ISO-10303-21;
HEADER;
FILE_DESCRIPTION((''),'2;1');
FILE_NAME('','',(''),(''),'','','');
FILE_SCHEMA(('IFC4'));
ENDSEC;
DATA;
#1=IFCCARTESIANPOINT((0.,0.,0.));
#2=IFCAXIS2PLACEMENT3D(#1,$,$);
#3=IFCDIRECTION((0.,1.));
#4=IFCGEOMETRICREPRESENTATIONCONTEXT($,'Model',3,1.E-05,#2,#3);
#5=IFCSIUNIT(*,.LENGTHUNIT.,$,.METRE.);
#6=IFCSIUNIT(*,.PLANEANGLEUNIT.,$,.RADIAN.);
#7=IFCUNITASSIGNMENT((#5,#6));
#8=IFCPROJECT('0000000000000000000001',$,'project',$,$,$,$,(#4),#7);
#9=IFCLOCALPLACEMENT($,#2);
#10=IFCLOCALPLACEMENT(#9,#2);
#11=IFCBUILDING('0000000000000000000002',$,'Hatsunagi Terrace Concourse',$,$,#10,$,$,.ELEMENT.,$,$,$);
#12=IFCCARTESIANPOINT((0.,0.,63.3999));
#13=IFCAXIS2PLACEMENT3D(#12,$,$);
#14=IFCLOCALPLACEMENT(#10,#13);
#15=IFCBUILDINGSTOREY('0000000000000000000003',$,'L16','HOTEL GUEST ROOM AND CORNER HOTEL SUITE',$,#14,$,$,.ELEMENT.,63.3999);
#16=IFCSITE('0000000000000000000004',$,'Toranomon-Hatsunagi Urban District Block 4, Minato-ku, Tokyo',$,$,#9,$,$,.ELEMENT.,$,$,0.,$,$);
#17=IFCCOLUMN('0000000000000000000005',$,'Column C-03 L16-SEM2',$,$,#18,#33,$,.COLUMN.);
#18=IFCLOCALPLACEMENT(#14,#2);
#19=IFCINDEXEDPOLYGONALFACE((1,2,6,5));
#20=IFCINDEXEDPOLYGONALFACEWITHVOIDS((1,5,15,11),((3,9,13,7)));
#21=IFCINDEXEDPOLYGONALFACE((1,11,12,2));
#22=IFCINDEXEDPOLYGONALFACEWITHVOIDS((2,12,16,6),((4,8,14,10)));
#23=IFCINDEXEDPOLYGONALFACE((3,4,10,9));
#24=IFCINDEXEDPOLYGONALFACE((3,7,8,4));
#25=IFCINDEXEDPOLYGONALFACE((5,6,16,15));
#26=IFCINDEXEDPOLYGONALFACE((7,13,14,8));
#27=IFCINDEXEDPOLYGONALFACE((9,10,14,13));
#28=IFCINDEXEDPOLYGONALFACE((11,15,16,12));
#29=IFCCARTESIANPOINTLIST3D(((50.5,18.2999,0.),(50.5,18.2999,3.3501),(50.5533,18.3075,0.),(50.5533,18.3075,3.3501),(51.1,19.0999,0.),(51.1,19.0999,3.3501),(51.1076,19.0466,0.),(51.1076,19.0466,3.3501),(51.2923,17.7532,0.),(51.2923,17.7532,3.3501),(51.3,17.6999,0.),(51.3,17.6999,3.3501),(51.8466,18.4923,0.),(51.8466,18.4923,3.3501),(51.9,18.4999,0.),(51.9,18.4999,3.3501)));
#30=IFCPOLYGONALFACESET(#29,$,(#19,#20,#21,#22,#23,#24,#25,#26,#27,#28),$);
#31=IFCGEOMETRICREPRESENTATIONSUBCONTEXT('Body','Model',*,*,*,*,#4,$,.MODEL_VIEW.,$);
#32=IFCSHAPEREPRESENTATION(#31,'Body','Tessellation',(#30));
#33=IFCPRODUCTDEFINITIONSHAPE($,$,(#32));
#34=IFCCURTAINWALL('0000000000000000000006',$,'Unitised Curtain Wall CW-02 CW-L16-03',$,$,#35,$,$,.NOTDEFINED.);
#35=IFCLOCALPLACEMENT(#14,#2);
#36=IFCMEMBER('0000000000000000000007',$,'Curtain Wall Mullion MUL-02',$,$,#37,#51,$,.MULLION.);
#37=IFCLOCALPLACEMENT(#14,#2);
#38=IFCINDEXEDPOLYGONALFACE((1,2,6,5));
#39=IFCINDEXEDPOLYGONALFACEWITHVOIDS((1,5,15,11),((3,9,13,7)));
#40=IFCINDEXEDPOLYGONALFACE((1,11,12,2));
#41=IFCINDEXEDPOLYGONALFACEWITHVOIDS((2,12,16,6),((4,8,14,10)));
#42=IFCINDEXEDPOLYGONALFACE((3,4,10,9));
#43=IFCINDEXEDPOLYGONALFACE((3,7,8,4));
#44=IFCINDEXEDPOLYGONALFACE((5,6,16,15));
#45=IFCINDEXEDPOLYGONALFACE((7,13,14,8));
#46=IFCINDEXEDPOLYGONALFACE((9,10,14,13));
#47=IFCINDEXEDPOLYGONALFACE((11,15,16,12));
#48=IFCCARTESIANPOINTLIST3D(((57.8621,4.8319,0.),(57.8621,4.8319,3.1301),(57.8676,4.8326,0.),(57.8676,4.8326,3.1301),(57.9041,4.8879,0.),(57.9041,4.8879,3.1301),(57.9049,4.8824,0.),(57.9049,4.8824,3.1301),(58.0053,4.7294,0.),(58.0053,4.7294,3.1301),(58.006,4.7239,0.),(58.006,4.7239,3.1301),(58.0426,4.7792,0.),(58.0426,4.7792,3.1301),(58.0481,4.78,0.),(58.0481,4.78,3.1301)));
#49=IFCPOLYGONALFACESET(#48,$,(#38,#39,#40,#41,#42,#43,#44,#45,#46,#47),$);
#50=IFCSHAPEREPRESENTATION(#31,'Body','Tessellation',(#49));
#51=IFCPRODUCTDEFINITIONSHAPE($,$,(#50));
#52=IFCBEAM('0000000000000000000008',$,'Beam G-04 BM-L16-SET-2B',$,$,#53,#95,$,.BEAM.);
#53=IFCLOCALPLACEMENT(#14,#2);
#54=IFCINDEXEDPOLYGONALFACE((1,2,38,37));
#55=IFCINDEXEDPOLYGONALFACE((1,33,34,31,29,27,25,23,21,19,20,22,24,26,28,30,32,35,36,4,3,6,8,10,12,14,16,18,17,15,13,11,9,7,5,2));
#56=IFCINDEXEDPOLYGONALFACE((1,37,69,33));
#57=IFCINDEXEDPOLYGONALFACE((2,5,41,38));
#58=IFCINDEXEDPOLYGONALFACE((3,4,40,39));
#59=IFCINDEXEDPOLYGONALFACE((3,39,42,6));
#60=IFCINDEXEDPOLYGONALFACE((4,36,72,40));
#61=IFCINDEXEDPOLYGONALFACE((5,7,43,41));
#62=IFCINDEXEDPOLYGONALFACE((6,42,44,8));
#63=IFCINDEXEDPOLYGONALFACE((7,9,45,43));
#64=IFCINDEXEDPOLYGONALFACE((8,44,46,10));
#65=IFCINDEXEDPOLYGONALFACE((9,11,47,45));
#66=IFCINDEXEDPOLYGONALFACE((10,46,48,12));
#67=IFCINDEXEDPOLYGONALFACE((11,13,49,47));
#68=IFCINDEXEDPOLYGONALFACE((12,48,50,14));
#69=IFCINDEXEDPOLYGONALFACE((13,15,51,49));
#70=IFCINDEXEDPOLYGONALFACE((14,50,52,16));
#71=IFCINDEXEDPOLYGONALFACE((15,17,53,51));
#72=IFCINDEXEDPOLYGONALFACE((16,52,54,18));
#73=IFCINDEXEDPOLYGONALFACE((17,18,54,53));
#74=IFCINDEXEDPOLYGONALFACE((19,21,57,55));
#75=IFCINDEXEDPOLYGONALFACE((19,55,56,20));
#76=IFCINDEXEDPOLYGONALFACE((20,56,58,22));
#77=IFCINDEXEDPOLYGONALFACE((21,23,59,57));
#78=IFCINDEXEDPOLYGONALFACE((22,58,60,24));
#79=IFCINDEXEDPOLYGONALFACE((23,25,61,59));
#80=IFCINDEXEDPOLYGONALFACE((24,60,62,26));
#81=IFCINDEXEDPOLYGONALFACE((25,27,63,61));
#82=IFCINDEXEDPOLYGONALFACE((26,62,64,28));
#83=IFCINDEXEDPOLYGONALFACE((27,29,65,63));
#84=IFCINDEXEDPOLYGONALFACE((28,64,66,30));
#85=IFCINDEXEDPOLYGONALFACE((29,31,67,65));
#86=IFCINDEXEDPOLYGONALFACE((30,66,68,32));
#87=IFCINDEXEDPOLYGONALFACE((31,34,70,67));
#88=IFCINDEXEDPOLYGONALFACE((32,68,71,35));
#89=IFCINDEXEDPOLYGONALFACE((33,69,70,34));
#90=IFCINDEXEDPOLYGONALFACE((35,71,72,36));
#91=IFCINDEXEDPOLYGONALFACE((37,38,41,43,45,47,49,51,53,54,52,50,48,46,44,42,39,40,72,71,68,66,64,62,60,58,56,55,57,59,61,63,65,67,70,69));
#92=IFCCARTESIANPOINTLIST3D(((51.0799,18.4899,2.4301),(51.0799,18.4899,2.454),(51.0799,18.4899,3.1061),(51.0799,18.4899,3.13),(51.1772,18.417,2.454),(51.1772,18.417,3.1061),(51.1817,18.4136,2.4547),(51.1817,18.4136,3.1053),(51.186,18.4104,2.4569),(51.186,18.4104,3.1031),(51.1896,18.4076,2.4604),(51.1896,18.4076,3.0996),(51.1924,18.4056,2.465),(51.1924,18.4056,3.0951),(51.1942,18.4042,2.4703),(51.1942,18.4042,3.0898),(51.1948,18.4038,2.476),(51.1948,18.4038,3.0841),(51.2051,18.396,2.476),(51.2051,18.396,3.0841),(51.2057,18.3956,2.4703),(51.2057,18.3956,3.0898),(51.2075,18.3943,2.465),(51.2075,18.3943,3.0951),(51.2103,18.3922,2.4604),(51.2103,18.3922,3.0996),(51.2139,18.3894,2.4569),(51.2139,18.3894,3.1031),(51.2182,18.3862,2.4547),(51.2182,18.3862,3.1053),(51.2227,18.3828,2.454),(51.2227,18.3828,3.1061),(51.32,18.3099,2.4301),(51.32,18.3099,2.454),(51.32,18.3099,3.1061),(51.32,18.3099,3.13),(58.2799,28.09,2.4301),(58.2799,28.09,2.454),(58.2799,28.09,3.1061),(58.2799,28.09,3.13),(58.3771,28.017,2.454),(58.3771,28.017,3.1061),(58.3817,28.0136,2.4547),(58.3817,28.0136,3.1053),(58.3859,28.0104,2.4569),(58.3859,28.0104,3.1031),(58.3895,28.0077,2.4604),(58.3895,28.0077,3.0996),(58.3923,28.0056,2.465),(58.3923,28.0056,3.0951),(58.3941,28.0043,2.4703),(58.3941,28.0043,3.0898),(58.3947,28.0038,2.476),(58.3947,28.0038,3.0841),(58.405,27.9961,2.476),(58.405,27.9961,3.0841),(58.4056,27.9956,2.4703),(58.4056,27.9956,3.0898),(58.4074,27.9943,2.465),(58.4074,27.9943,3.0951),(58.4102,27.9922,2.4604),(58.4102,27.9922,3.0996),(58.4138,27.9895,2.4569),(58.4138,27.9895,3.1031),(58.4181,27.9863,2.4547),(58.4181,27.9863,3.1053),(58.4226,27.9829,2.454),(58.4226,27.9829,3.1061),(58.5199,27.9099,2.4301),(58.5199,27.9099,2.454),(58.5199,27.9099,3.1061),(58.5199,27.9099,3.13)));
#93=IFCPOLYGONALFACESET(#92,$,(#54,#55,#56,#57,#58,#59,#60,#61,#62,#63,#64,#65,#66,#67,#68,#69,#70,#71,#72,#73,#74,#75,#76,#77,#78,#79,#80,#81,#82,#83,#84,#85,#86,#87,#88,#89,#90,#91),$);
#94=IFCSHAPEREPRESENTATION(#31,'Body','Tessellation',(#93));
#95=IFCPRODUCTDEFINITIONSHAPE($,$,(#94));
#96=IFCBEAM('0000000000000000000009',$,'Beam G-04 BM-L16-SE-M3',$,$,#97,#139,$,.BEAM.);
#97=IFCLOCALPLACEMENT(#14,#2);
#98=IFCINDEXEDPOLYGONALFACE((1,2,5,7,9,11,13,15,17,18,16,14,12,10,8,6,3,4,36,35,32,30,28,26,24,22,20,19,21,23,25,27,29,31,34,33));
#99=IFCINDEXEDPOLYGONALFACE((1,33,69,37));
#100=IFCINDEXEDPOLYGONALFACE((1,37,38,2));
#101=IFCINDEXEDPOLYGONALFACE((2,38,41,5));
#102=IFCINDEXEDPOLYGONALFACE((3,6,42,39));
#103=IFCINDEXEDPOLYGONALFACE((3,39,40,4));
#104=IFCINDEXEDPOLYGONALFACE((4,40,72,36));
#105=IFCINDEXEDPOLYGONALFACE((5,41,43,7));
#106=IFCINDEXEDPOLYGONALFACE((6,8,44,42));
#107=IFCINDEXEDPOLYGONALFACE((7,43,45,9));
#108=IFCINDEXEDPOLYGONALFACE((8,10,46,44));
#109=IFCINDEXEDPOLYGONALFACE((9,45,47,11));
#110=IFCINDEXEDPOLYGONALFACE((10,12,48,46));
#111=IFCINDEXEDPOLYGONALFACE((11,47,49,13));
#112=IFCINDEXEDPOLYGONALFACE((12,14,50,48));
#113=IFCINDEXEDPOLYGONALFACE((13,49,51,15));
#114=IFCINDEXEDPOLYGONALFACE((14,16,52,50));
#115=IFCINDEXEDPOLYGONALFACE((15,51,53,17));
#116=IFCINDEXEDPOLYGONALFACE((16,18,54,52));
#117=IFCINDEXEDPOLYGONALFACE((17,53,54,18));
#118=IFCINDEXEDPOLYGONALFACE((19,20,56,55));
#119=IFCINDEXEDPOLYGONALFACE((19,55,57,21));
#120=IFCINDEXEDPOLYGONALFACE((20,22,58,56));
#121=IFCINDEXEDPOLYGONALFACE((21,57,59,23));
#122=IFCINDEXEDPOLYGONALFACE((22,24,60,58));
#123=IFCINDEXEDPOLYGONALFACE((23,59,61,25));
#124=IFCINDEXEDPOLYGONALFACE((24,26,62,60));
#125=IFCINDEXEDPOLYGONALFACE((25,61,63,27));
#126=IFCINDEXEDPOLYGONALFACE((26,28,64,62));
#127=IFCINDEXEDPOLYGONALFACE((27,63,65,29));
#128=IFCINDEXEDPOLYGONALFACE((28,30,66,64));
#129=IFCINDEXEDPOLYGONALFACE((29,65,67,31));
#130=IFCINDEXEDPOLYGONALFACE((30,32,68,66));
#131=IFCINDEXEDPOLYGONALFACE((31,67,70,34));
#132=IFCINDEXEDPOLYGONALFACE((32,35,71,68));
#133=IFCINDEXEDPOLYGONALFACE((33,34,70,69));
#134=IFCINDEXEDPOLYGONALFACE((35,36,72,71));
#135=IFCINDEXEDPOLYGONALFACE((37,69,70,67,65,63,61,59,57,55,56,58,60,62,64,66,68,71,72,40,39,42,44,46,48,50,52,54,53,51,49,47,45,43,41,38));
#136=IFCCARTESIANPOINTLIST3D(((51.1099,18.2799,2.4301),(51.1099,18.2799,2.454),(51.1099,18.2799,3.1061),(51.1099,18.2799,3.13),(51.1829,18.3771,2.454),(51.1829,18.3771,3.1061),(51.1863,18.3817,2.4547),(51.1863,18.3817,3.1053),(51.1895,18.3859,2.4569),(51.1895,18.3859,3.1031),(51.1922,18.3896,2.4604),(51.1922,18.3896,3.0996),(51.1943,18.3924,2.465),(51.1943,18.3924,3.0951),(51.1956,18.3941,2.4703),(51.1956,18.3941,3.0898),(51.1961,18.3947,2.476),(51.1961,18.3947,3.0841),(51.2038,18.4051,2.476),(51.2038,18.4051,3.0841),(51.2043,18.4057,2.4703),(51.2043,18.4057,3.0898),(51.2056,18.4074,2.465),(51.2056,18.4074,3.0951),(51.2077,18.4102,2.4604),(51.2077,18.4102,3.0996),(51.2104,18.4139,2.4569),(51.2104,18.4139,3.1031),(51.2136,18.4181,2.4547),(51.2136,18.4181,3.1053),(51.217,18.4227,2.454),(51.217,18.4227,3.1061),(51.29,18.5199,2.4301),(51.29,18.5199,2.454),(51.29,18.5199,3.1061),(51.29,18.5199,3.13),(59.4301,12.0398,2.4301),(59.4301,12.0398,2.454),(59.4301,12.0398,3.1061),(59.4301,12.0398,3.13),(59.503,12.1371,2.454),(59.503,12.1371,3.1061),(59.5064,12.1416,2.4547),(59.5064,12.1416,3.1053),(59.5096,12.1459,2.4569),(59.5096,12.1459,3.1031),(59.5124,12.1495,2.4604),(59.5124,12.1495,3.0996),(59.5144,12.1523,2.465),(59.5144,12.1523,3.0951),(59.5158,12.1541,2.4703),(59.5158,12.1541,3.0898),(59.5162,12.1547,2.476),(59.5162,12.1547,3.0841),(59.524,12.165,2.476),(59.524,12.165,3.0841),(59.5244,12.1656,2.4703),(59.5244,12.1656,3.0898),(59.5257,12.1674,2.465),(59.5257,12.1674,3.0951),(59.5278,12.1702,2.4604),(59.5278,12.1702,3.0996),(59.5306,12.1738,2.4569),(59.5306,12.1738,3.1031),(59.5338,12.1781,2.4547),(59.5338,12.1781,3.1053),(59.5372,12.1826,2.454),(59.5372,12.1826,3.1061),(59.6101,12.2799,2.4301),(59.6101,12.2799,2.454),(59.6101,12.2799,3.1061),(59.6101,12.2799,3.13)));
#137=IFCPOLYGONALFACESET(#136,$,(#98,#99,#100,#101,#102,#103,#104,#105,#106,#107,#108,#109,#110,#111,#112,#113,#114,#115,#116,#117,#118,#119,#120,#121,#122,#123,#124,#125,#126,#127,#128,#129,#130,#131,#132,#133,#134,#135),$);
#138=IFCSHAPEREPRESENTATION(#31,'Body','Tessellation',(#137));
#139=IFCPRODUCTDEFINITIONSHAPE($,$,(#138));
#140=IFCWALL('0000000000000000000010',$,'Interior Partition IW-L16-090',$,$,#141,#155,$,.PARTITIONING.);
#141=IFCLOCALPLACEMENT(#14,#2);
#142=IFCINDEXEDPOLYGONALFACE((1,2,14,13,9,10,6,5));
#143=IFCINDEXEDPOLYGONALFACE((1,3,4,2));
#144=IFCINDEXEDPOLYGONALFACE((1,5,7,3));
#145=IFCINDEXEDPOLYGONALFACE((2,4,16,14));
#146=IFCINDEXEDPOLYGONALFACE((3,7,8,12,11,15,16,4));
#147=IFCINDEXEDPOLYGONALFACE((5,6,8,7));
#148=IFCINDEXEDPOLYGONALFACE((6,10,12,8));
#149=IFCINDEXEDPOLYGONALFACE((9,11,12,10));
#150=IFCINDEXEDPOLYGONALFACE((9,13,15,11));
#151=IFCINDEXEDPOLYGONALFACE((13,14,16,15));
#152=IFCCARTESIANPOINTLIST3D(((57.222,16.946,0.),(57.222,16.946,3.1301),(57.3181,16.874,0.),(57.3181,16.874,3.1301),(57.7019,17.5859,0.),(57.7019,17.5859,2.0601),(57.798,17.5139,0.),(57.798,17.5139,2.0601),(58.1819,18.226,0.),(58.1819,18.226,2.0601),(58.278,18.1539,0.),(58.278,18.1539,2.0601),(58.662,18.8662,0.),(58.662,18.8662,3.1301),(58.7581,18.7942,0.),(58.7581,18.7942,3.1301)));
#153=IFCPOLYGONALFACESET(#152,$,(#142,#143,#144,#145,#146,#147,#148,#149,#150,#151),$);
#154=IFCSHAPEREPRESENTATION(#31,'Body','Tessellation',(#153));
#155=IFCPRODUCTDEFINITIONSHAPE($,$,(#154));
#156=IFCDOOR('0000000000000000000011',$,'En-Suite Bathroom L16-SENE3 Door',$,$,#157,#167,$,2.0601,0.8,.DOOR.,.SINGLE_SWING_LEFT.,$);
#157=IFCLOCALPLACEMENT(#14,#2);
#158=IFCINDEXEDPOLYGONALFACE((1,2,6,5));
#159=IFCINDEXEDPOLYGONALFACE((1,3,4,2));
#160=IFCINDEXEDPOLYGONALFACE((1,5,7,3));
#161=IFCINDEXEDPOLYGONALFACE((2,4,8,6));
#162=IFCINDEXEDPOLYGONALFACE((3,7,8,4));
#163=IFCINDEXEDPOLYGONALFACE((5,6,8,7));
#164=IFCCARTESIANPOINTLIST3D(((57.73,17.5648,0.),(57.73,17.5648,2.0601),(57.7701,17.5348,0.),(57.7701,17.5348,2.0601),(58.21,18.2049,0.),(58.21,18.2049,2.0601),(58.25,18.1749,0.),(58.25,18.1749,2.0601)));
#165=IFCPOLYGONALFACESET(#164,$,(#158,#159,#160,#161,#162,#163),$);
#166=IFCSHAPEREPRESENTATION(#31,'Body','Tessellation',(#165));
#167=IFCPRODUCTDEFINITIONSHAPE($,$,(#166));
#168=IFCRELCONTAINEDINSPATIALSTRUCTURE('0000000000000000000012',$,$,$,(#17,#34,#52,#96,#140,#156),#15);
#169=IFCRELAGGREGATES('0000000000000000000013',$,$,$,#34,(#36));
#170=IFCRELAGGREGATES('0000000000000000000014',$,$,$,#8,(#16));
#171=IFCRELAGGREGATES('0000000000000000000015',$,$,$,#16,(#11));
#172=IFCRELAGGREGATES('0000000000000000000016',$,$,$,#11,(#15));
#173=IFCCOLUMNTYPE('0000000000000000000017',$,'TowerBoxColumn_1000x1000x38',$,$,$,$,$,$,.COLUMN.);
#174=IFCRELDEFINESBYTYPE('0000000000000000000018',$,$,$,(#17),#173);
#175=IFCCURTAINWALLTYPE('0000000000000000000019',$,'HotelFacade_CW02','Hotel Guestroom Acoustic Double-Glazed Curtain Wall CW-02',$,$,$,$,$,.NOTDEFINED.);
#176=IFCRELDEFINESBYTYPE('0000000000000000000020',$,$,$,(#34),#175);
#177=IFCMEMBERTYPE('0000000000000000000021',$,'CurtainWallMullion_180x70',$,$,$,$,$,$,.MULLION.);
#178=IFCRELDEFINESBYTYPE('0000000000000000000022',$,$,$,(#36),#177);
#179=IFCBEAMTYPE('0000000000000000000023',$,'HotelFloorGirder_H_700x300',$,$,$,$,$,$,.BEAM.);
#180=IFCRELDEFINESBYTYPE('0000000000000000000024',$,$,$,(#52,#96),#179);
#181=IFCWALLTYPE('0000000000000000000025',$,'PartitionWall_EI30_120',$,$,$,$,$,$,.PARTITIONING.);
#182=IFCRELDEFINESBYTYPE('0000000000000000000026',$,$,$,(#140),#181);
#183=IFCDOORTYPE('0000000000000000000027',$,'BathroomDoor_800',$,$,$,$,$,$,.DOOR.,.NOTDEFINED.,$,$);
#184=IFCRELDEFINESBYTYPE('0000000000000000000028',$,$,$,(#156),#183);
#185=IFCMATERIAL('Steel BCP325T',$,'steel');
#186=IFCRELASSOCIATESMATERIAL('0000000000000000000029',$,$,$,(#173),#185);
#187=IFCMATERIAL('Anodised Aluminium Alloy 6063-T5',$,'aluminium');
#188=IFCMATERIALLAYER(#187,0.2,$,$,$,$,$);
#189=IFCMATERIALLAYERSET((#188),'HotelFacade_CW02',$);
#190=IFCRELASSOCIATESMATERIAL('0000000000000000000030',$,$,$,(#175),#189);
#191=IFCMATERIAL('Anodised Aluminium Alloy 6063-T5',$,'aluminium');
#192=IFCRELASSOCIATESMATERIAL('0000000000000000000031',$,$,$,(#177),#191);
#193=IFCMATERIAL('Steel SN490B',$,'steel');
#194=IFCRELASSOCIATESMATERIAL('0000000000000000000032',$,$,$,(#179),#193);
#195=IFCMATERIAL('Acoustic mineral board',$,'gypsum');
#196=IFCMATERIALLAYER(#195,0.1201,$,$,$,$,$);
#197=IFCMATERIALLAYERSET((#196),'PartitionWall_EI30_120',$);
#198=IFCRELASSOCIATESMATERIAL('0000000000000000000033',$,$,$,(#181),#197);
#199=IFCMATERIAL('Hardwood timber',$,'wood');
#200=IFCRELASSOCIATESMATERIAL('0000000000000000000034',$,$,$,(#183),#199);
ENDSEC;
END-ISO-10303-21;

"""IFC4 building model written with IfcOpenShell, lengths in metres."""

from ifc_helpers import new_model, si_unit, direction, frame, frame_2d, origin, origin_2d, place, context, subcontext, project, spatial, rectangle, hollow_rectangle, i_section, extrude, material, layer, layer_set, material_profile, profile_set, type_object, element, fill, aggregate, save


model = new_model("IFC4")

# Units and contexts
model_context = context("Model", 3, precision=1e-05, world=origin(), true_north=direction((0.0, 1.0)))
body_context = subcontext(model_context, "Body", "Model", "MODEL_VIEW")
ifc_project = project(units=[si_unit("LENGTHUNIT", "METRE"), si_unit("PLANEANGLEUNIT", "RADIAN")], contexts=[model_context])

# Site, building, storey
site_placement = place(None, origin())
site = spatial("IfcSite", under=ifc_project, at=site_placement, Name="Toranomon-Hatsunagi Urban District Block 4, Minato-ku, Tokyo", CompositionType="ELEMENT", RefElevation=0.0)
building_placement = place(site_placement, origin())
building = spatial("IfcBuilding", under=site, at=building_placement, Name="Hatsunagi Terrace Concourse", CompositionType="ELEMENT")
storey_placement = place(building_placement, frame((0.0, 0.0, 63.3999)))
storey = spatial("IfcBuildingStorey", under=building, at=storey_placement, Name="L16", Description="HOTEL GUEST ROOM AND CORNER HOTEL SUITE", CompositionType="ELEMENT", Elevation=63.3999)

# Column
ifc_material_1 = material(Name="Steel BCP325T", Category="steel")
ifc_material_profile_1 = material_profile(ifc_material_1, hollow_rectangle(XDim=1.0, YDim=1.0, WallThickness=0.0381, at=origin_2d()), Name="BCP-1000x1000x38")
ifc_profile_set_1 = profile_set([ifc_material_profile_1], Name="Steel BCP325T")
column_type = type_object("IfcColumnType", Name="TowerBoxColumn_1000x1000x38", PredefinedType="COLUMN", material=ifc_profile_set_1)
column_placement = place(storey_placement, frame((51.2, 18.3999, 0.0), z_axis=(0.0, 0.0, 1.0), x_axis=(0.8, -0.6, 0.0)))
element("IfcColumn", 1, at=column_placement, inside=storey, type_object=column_type, Name="Column C-03 L16-SEM2", PredefinedType="COLUMN", context=body_context, shape_type="SweptSolid", body=[
    extrude(hollow_rectangle(XDim=1.0, YDim=1.0, WallThickness=0.0381, at=origin_2d()), origin(), (0.0, 0.0, 1.0), 3.3501),
])

# Curtain wall, member
ifc_material_2 = material(Name="Anodised Aluminium Alloy 6063-T5", Category="aluminium")
ifc_layer_1 = layer(ifc_material_2, 0.2)
ifc_layer_set_1 = layer_set([ifc_layer_1], Name="HotelFacade_CW02")
curtain_wall_type = type_object("IfcCurtainWallType", Name="HotelFacade_CW02", Description="Hotel Guestroom Acoustic Double-Glazed Curtain Wall CW-02", PredefinedType="NOTDEFINED", material=ifc_layer_set_1)
curtain_wall_placement = place(storey_placement, origin())
curtain_wall = element("IfcCurtainWall", 2, at=curtain_wall_placement, inside=storey, type_object=curtain_wall_type, Name="Unitised Curtain Wall CW-02 CW-L16-03", PredefinedType="NOTDEFINED")
ifc_material_3 = material(Name="Anodised Aluminium Alloy 6063-T5", Category="aluminium")
ifc_material_profile_2 = material_profile(ifc_material_3, hollow_rectangle(XDim=0.0701, YDim=0.1799, WallThickness=0.0039, at=origin_2d()), Name="ALU-MUL-180x70x4")
ifc_profile_set_2 = profile_set([ifc_material_profile_2], Name="Anodised Aluminium Alloy 6063-T5")
member_type = type_object("IfcMemberType", Name="CurtainWallMullion_180x70", PredefinedType="MULLION", material=ifc_profile_set_2)
member_placement = place(storey_placement, frame((57.9551, 4.8059, 0.0), z_axis=(0.0, 0.0, 1.0), x_axis=(-0.599969, -0.800023, 0.0)))
member = element("IfcMember", 3, at=member_placement, type_object=member_type, Name="Curtain Wall Mullion MUL-02", PredefinedType="MULLION", context=body_context, shape_type="SweptSolid", body=[
    extrude(hollow_rectangle(XDim=0.0701, YDim=0.1799, WallThickness=0.0039, at=origin_2d()), origin(), (0.0, 0.0, 1.0), 3.1301),
])
aggregate(curtain_wall, [member])

# Beams
ifc_material_4 = material(Name="Steel SN490B", Category="steel")
ifc_material_profile_3 = material_profile(ifc_material_4, i_section(OverallWidth=0.3, OverallDepth=0.7, WebThickness=0.0129, FlangeThickness=0.0239, FilletRadius=0.022, at=origin_2d()), Name="H-700x300x13x24")
ifc_profile_set_3 = profile_set([ifc_material_profile_3], Name="Steel SN490B")
beam_type = type_object("IfcBeamType", Name="HotelFloorGirder_H_700x300", PredefinedType="BEAM", material=ifc_profile_set_3)
beam_1_placement = place(storey_placement, frame((51.2, 18.3999, 2.78), z_axis=(0.599993, 0.800005, 0.0), x_axis=(-0.800005, 0.599993, 0.0)))
element("IfcBeam", 4, at=beam_1_placement, inside=storey, type_object=beam_type, Name="Beam G-04 BM-L16-SET-2B", PredefinedType="BEAM", context=body_context, shape_type="SweptSolid", body=[
    extrude(i_section(OverallWidth=0.3, OverallDepth=0.7, WebThickness=0.0129, FlangeThickness=0.0239, FilletRadius=0.022, at=origin_2d()), origin(), (0.0, 0.0, 1.0), 12.0),
])
beam_2_placement = place(storey_placement, frame((51.2, 18.3999, 2.78), z_axis=(0.800003, -0.599996, 0.0), x_axis=(0.599996, 0.800003, 0.0)))
element("IfcBeam", 5, at=beam_2_placement, inside=storey, type_object=beam_type, Name="Beam G-04 BM-L16-SE-M3", PredefinedType="BEAM", context=body_context, shape_type="SweptSolid", body=[
    extrude(i_section(OverallWidth=0.3, OverallDepth=0.7, WebThickness=0.0129, FlangeThickness=0.0239, FilletRadius=0.022, at=origin_2d()), origin(), (0.0, 0.0, 1.0), 10.4001),
])

# Wall, opening, door
ifc_material_5 = material(Name="Acoustic mineral board", Category="gypsum")
ifc_layer_2 = layer(ifc_material_5, 0.1201)
ifc_layer_set_2 = layer_set([ifc_layer_2], Name="PartitionWall_EI30_120")
wall_type_1 = type_object("IfcWallType", Name="PartitionWall_EI30_120", PredefinedType="PARTITIONING", material=ifc_layer_set_2)
wall_1_placement = place(storey_placement, frame((57.27, 16.9099, 0.0), z_axis=(0.0, 0.0, 1.0), x_axis=(0.599951, 0.800037, 0.0)))
wall_1 = element("IfcWall", 6, at=wall_1_placement, inside=storey, type_object=wall_type_1, Name="Interior Partition IW-L16-090", PredefinedType="PARTITIONING", context=body_context, shape_type="SweptSolid", body=[
    extrude(rectangle(XDim=2.4001, YDim=0.1201, at=frame_2d((1.2002, 0.0))), origin(), (0.0, 0.0, 1.0), 3.1301),
])
opening_1_placement = place(wall_1_placement, frame((0.8, 0.0, 0.0)))
opening_1 = element("IfcOpeningElement", 7, at=opening_1_placement, cuts=wall_1, PredefinedType="OPENING", context=body_context, shape_type="SweptSolid", body=[
    extrude(rectangle(XDim=0.8, YDim=2.0601, at=frame_2d((0.3999, 1.03))), frame((0.0, 0.0701, 0.0), z_axis=(0.0, -1.0, 0.0), x_axis=(1.0, 0.0, 0.0)), (0.0, 0.0, 1.0), 0.1401),
])
ifc_material_6 = material(Name="Hardwood timber", Category="wood")
door_type_1 = type_object("IfcDoorType", Name="BathroomDoor_800", OperationType="NOTDEFINED", PredefinedType="DOOR", material=ifc_material_6)
door_1_placement = place(opening_1_placement, origin())
door_1 = element("IfcDoor", 8, at=door_1_placement, inside=storey, type_object=door_type_1, Name="En-Suite Bathroom L16-SENE3 Door", OperationType="SINGLE_SWING_LEFT", OverallHeight=2.0601, OverallWidth=0.8, PredefinedType="DOOR", context=body_context, shape_type="SweptSolid", body=[
    extrude(rectangle(XDim=0.8, YDim=2.0601, at=frame_2d((0.3999, 1.03))), frame((0.0, 0.0249, 0.0), z_axis=(0.0, -1.0, 0.0), x_axis=(1.0, 0.0, 0.0)), (0.0, 0.0, 1.0), 0.05),
])
fill(opening_1, door_1)

save(model, "model.ifc")
